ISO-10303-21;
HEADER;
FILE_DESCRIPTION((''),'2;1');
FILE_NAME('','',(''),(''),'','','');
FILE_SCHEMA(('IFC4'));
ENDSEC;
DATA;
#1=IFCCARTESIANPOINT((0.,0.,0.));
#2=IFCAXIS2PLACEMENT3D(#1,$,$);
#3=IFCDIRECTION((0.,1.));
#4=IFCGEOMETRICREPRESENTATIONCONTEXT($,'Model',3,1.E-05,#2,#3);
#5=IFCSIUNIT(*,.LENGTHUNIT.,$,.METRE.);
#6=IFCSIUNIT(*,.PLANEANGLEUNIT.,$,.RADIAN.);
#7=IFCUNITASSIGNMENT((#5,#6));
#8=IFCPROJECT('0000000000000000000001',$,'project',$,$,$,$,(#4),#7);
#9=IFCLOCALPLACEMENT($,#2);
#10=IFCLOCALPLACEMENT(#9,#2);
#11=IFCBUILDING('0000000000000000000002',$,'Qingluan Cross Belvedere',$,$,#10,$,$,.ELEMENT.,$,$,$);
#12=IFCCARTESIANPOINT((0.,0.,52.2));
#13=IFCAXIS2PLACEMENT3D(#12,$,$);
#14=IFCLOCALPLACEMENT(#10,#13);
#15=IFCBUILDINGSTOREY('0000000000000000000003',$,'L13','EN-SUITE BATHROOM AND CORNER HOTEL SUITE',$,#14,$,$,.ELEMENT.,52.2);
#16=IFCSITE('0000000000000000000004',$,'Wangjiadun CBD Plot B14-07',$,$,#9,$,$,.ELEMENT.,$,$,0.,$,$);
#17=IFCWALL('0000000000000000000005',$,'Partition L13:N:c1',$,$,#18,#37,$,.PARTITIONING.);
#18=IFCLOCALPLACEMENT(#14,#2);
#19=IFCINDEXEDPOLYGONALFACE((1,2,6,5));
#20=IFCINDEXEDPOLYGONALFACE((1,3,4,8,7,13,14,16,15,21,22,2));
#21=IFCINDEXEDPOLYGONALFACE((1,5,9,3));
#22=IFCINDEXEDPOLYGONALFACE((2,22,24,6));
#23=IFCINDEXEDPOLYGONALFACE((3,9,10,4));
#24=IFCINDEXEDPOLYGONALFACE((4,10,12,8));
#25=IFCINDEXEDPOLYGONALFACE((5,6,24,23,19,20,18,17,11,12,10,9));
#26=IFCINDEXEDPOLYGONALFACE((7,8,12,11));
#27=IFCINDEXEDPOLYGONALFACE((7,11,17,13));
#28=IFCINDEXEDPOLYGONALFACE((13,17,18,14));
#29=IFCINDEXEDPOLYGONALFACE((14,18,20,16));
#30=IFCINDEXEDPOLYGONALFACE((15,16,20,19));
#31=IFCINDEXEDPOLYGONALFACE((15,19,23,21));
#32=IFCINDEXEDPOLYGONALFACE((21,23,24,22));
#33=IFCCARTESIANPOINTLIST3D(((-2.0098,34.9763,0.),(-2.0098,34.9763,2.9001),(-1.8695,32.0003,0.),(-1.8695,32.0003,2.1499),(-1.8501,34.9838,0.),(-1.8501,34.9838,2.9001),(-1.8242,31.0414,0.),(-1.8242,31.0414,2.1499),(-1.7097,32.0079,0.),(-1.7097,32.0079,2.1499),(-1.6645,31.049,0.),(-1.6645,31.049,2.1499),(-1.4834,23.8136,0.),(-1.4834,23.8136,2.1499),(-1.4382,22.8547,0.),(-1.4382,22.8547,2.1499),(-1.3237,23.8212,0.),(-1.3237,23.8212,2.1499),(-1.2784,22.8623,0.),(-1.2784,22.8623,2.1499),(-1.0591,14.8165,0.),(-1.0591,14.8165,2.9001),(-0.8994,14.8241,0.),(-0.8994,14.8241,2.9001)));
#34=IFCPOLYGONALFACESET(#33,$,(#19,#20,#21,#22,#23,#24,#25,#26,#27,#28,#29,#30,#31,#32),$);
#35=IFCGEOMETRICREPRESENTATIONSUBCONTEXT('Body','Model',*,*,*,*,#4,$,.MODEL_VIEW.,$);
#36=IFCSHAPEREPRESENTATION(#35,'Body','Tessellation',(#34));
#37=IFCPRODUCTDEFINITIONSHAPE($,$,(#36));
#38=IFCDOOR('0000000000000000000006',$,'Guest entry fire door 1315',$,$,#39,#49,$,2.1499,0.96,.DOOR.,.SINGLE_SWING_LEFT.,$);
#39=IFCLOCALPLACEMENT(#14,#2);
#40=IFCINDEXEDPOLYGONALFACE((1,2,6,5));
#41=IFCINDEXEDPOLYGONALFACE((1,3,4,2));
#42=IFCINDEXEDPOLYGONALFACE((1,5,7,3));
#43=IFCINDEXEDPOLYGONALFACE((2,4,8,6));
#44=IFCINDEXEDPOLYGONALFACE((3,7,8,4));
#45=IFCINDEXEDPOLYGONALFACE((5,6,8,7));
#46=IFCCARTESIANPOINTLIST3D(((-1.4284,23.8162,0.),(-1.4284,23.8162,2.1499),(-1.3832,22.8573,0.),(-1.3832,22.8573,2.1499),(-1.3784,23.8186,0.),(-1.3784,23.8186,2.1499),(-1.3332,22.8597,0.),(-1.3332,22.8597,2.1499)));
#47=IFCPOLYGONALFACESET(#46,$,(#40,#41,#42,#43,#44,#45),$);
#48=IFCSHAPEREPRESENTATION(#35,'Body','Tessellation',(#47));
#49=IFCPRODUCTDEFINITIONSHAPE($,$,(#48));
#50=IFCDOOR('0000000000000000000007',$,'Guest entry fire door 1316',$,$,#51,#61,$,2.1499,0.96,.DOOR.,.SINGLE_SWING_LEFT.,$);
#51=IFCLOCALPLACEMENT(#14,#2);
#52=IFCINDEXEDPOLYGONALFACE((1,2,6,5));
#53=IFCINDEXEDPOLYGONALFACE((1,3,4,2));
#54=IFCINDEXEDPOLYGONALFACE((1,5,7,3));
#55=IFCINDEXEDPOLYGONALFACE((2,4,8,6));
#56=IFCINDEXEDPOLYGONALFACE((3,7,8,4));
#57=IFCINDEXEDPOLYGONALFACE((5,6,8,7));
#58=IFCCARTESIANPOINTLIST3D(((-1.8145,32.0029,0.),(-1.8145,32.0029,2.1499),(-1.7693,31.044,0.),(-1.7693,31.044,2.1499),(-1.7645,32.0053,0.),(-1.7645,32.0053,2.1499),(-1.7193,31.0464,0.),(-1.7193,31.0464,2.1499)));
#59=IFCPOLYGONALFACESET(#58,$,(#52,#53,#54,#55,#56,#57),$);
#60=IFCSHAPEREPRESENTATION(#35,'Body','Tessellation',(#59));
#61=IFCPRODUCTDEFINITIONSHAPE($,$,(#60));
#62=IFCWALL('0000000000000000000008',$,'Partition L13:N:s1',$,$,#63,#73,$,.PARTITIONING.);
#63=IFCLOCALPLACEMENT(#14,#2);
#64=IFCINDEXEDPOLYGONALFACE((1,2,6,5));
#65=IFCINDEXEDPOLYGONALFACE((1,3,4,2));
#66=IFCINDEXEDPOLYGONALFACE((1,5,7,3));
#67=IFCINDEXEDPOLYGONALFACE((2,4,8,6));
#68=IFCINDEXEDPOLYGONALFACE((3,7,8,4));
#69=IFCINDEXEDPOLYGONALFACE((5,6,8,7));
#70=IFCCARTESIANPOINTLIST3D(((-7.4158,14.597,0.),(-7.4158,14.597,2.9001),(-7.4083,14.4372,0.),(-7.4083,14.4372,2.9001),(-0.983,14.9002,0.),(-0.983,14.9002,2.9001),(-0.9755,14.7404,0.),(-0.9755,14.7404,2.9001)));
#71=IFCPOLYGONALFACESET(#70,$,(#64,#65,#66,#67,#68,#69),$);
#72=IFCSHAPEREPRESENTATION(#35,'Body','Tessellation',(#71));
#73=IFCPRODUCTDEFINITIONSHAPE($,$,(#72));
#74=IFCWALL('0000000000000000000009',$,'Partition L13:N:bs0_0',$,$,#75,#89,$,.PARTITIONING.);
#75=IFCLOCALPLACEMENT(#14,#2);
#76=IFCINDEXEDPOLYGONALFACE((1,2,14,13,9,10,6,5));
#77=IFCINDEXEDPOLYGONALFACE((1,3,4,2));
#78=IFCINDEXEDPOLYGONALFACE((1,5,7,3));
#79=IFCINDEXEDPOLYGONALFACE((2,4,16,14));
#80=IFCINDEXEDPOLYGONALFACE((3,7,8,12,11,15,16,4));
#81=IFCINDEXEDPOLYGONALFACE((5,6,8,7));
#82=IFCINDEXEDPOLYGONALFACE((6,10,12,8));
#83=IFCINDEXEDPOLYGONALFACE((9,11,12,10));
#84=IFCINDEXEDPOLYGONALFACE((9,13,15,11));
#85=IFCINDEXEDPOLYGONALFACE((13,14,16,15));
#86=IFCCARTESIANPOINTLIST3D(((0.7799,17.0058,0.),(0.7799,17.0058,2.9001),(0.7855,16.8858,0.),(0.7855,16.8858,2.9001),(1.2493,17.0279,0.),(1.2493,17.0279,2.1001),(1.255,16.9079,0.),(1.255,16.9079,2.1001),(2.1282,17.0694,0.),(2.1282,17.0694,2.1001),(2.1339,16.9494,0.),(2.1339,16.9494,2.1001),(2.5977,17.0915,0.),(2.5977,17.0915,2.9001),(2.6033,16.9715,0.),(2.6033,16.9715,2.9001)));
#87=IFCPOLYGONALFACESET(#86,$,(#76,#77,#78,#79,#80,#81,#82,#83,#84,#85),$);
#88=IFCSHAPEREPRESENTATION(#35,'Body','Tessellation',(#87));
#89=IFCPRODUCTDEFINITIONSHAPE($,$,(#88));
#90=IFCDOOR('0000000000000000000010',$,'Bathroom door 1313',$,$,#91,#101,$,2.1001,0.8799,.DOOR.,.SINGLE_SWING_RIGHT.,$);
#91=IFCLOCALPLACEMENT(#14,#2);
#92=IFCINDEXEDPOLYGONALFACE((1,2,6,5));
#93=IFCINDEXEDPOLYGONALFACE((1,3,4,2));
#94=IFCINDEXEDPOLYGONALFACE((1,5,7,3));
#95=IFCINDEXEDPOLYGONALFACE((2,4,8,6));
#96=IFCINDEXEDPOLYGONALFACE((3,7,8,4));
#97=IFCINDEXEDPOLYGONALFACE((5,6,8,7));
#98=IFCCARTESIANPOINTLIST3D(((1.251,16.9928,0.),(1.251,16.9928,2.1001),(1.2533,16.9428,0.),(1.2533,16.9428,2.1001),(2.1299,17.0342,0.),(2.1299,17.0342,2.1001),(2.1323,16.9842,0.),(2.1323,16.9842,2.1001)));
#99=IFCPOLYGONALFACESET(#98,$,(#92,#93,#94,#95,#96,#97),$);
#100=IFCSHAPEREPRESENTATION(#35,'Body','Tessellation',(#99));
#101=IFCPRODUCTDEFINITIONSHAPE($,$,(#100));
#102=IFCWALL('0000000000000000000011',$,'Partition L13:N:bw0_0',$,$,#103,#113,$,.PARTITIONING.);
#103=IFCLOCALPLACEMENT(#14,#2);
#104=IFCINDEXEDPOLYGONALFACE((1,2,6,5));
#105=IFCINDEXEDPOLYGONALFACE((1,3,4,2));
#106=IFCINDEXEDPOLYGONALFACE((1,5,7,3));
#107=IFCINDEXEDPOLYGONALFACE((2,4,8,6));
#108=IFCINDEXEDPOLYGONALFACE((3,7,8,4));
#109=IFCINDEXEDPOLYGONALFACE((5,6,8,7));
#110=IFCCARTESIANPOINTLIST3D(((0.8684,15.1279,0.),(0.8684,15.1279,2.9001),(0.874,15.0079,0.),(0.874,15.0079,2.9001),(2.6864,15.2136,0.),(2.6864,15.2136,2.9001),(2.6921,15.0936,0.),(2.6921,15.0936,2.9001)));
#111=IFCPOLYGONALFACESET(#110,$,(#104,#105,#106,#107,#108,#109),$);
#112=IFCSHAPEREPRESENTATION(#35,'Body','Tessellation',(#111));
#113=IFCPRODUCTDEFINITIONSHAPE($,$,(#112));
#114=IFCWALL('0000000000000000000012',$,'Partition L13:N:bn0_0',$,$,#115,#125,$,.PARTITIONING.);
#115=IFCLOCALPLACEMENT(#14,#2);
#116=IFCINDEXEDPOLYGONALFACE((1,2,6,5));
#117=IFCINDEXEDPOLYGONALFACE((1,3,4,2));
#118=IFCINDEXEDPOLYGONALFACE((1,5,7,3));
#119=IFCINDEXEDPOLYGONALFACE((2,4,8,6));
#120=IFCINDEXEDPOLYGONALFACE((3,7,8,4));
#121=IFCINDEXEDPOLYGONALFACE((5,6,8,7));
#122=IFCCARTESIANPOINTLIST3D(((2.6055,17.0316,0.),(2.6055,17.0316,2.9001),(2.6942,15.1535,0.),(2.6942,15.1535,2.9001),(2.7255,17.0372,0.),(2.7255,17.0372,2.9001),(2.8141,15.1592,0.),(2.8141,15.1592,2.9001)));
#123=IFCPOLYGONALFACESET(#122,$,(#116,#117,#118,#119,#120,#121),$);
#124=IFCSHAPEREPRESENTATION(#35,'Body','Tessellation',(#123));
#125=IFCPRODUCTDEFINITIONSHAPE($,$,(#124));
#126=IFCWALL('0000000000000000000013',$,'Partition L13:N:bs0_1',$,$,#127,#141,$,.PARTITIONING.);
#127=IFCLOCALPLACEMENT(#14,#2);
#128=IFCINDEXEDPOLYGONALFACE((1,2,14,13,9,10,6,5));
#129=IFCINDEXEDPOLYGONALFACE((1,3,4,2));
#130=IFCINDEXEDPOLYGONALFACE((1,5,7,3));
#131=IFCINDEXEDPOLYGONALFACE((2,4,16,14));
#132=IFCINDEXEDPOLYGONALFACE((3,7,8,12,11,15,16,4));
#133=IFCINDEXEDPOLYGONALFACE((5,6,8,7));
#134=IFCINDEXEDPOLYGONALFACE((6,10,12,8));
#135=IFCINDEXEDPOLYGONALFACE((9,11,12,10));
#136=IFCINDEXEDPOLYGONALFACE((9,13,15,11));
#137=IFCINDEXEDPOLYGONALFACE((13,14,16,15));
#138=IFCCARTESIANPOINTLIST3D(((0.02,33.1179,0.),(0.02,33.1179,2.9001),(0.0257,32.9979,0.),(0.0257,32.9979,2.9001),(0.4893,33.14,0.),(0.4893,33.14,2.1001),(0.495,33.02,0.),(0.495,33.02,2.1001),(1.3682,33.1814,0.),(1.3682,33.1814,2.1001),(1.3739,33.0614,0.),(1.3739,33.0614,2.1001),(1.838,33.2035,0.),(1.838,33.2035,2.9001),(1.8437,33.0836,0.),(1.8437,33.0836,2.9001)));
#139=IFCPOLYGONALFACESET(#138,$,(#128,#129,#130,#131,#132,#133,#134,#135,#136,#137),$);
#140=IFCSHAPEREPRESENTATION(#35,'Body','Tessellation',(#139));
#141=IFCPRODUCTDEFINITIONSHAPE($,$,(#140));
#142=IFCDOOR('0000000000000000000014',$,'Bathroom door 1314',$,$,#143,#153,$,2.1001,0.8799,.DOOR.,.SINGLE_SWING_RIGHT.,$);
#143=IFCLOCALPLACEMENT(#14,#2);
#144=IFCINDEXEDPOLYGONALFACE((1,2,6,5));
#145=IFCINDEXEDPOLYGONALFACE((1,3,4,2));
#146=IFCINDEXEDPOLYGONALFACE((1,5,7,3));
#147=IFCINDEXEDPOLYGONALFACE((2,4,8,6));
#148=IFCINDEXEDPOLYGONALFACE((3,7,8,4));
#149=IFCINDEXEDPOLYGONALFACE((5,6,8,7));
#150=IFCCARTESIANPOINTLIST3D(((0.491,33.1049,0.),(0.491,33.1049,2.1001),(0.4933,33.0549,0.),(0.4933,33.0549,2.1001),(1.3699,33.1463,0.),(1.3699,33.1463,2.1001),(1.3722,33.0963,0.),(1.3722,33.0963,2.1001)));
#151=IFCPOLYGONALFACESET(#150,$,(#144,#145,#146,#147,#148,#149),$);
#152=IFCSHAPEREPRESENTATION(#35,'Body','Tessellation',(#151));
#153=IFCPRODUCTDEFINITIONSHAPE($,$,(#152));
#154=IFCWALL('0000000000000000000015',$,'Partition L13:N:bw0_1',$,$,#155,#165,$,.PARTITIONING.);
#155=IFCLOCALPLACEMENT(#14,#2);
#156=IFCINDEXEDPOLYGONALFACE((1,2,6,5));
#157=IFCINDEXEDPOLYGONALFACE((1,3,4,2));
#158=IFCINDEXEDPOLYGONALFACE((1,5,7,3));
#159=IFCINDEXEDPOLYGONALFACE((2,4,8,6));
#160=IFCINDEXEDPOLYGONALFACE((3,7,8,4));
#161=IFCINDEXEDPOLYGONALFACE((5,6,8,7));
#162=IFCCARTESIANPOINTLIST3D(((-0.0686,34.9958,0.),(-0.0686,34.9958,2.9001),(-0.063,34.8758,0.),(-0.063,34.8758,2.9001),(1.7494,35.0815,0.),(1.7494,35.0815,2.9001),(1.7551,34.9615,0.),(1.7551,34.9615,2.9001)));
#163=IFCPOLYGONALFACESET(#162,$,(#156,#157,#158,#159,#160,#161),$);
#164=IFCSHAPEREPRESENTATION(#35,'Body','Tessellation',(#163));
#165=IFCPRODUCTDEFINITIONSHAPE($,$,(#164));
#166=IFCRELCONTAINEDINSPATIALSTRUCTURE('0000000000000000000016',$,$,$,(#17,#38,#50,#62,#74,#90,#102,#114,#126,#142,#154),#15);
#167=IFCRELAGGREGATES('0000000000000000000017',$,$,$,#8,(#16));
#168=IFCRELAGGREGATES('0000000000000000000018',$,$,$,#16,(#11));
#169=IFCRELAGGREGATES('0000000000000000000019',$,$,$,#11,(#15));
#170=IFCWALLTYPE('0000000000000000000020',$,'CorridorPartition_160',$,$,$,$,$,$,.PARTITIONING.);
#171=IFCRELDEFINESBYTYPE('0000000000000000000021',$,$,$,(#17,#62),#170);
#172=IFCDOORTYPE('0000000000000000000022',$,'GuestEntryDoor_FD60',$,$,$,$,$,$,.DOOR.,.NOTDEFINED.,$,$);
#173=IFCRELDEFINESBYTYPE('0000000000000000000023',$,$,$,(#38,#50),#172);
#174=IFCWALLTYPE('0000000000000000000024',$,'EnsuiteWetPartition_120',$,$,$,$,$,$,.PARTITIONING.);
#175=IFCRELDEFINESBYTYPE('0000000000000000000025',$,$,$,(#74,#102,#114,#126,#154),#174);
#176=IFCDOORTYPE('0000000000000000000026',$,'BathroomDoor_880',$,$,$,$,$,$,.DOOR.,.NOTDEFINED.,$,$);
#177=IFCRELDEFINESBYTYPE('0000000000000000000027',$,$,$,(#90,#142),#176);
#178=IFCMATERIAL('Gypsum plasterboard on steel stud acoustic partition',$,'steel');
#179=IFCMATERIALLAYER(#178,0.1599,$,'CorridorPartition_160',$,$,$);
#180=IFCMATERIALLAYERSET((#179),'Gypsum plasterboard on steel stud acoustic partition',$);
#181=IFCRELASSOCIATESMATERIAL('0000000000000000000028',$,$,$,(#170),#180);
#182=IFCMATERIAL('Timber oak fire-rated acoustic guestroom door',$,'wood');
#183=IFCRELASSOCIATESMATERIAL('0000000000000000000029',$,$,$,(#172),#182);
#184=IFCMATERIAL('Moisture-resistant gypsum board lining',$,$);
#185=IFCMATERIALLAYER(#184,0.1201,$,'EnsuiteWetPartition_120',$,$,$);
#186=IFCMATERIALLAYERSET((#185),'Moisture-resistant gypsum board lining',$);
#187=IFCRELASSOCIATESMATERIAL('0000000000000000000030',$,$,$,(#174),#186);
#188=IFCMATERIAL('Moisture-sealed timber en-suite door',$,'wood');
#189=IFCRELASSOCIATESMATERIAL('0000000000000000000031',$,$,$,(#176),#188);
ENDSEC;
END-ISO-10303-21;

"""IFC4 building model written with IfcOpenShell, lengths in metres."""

from ifc_helpers import new_model, si_unit, direction, frame, frame_2d, origin, place, context, subcontext, project, spatial, rectangle, extrude, material, layer, layer_set, type_object, element, fill, save


model = new_model("IFC4")

# Units and contexts
model_context = context("Model", 3, precision=1e-05, world=origin(), true_north=direction((0.0, 1.0)))
body_context = subcontext(model_context, "Body", "Model", "MODEL_VIEW")
ifc_project = project(units=[si_unit("LENGTHUNIT", "METRE"), si_unit("PLANEANGLEUNIT", "RADIAN")], contexts=[model_context])

# Site, building, storey
site_placement = place(None, origin())
site = spatial("IfcSite", under=ifc_project, at=site_placement, Name="Wangjiadun CBD Plot B14-07", CompositionType="ELEMENT", RefElevation=0.0)
building_placement = place(site_placement, origin())
building = spatial("IfcBuilding", under=site, at=building_placement, Name="Qingluan Cross Belvedere", CompositionType="ELEMENT")
storey_placement = place(building_placement, frame((0.0, 0.0, 52.2)))
storey = spatial("IfcBuildingStorey", under=building, at=storey_placement, Name="L13", Description="EN-SUITE BATHROOM AND CORNER HOTEL SUITE", CompositionType="ELEMENT", Elevation=52.2)

# Shared definitions
ifc_material_1 = material(Name="Gypsum plasterboard on steel stud acoustic partition", Category="steel")
ifc_layer_1 = layer(ifc_material_1, 0.1599, Name="CorridorPartition_160")
ifc_layer_set_1 = layer_set([ifc_layer_1], Name="Gypsum plasterboard on steel stud acoustic partition")
wall_type_1 = type_object("IfcWallType", Name="CorridorPartition_160", PredefinedType="PARTITIONING", material=ifc_layer_set_1)
ifc_material_2 = material(Name="Timber oak fire-rated acoustic guestroom door", Category="wood")
door_type_1 = type_object("IfcDoorType", Name="GuestEntryDoor_FD60", OperationType="NOTDEFINED", PredefinedType="DOOR", material=ifc_material_2)

# Wall, openings, doors
wall_1_placement = place(storey_placement, frame((-0.9792, 14.8203, 0.0), z_axis=(0.0, 0.0, 1.0), x_axis=(-0.047105, 0.99889, 0.0)))
wall_1 = element("IfcWall", 1, at=wall_1_placement, inside=storey, type_object=wall_type_1, Name="Partition L13:N:c1", PredefinedType="PARTITIONING", context=body_context, shape_type="SweptSolid", body=[
    extrude(rectangle(XDim=20.1821, YDim=0.1599, at=frame_2d((10.0911, 0.0))), origin(), (0.0, 0.0, 1.0), 2.9001),
])
opening_1_placement = place(wall_1_placement, frame((8.0471, 0.0, 0.0)))
opening_1 = element("IfcOpeningElement", 2, at=opening_1_placement, cuts=wall_1, PredefinedType="OPENING", context=body_context, shape_type="SweptSolid", body=[
    extrude(rectangle(XDim=0.96, YDim=2.1499, at=frame_2d((0.48, 1.075))), frame((0.0, 0.0898, 0.0), z_axis=(0.0, -1.0, 0.0), x_axis=(1.0, 0.0, 0.0)), (0.0, 0.0, 1.0), 0.1799),
])
opening_2_placement = place(wall_1_placement, frame((16.2429, 0.0, 0.0)))
opening_2 = element("IfcOpeningElement", 3, at=opening_2_placement, cuts=wall_1, PredefinedType="OPENING", context=body_context, shape_type="SweptSolid", body=[
    extrude(rectangle(XDim=0.96, YDim=2.1499, at=frame_2d((0.48, 1.075))), frame((0.0, 0.0898, 0.0), z_axis=(0.0, -1.0, 0.0), x_axis=(1.0, 0.0, 0.0)), (0.0, 0.0, 1.0), 0.1799),
])
door_1_placement = place(opening_1_placement, origin())
door_1 = element("IfcDoor", 4, at=door_1_placement, inside=storey, type_object=door_type_1, Name="Guest entry fire door 1315", OperationType="SINGLE_SWING_LEFT", OverallHeight=2.1499, OverallWidth=0.96, PredefinedType="DOOR", context=body_context, shape_type="SweptSolid", body=[
    extrude(rectangle(XDim=0.96, YDim=2.1499, at=frame_2d((0.48, 1.075))), frame((0.0, 0.0249, 0.0), z_axis=(0.0, -1.0, 0.0), x_axis=(1.0, 0.0, 0.0)), (0.0, 0.0, 1.0), 0.05),
])
fill(opening_1, door_1)
door_2_placement = place(opening_2_placement, origin())
door_2 = element("IfcDoor", 5, at=door_2_placement, inside=storey, type_object=door_type_1, Name="Guest entry fire door 1316", OperationType="SINGLE_SWING_LEFT", OverallHeight=2.1499, OverallWidth=0.96, PredefinedType="DOOR", context=body_context, shape_type="SweptSolid", body=[
    extrude(rectangle(XDim=0.96, YDim=2.1499, at=frame_2d((0.48, 1.075))), frame((0.0, 0.0249, 0.0), z_axis=(0.0, -1.0, 0.0), x_axis=(1.0, 0.0, 0.0)), (0.0, 0.0, 1.0), 0.05),
])
fill(opening_2, door_2)

# Wall
wall_2_placement = place(storey_placement, frame((-0.9792, 14.8203, 0.0), z_axis=(0.0, 0.0, 1.0), x_axis=(-0.998891, -0.047084, 0.0)))
element("IfcWall", 6, at=wall_2_placement, inside=storey, type_object=wall_type_1, Name="Partition L13:N:s1", PredefinedType="PARTITIONING", context=body_context, shape_type="SweptSolid", body=[
    extrude(rectangle(XDim=6.4399, YDim=0.1599, at=frame_2d((3.22, 0.0))), origin(), (0.0, 0.0, 1.0), 2.9001),
])

# Wall, opening, door
ifc_material_3 = material(Name="Moisture-resistant gypsum board lining")
ifc_layer_2 = layer(ifc_material_3, 0.1201, Name="EnsuiteWetPartition_120")
ifc_layer_set_2 = layer_set([ifc_layer_2], Name="Moisture-resistant gypsum board lining")
wall_type_2 = type_object("IfcWallType", Name="EnsuiteWetPartition_120", PredefinedType="PARTITIONING", material=ifc_layer_set_2)
wall_3_placement = place(storey_placement, frame((0.7827, 16.9458, 0.0), z_axis=(0.0, 0.0, 1.0), x_axis=(0.998891, 0.047087, 0.0)))
wall_3 = element("IfcWall", 7, at=wall_3_placement, inside=storey, type_object=wall_type_2, Name="Partition L13:N:bs0_0", PredefinedType="PARTITIONING", context=body_context, shape_type="SweptSolid", body=[
    extrude(rectangle(XDim=1.8198, YDim=0.1201, at=frame_2d((0.9099, 0.0))), origin(), (0.0, 0.0, 1.0), 2.9001),
])
opening_3_placement = place(wall_3_placement, frame((0.47, 0.0, 0.0)))
opening_3 = element("IfcOpeningElement", 8, at=opening_3_placement, cuts=wall_3, PredefinedType="OPENING", context=body_context, shape_type="SweptSolid", body=[
    extrude(rectangle(XDim=0.8799, YDim=2.1001, at=frame_2d((0.4399, 1.05))), frame((0.0, 0.0701, 0.0), z_axis=(0.0, -1.0, 0.0), x_axis=(1.0, 0.0, 0.0)), (0.0, 0.0, 1.0), 0.1401),
])
ifc_material_4 = material(Name="Moisture-sealed timber en-suite door", Category="wood")
door_type_2 = type_object("IfcDoorType", Name="BathroomDoor_880", OperationType="NOTDEFINED", PredefinedType="DOOR", material=ifc_material_4)
door_3_placement = place(opening_3_placement, origin())
door_3 = element("IfcDoor", 9, at=door_3_placement, inside=storey, type_object=door_type_2, Name="Bathroom door 1313", OperationType="SINGLE_SWING_RIGHT", OverallHeight=2.1001, OverallWidth=0.8799, PredefinedType="DOOR", context=body_context, shape_type="SweptSolid", body=[
    extrude(rectangle(XDim=0.8799, YDim=2.1001, at=frame_2d((0.4399, 1.05))), frame((0.0, 0.0249, 0.0), z_axis=(0.0, -1.0, 0.0), x_axis=(1.0, 0.0, 0.0)), (0.0, 0.0, 1.0), 0.05),
])
fill(opening_3, door_3)

# Walls
wall_4_placement = place(storey_placement, frame((0.8711, 15.0679, 0.0), z_axis=(0.0, 0.0, 1.0), x_axis=(0.998891, 0.047081, 0.0)))
element("IfcWall", 10, at=wall_4_placement, inside=storey, type_object=wall_type_2, Name="Partition L13:N:bw0_0", PredefinedType="PARTITIONING", context=body_context, shape_type="SweptSolid", body=[
    extrude(rectangle(XDim=1.8201, YDim=0.1201, at=frame_2d((0.9102, 0.0))), origin(), (0.0, 0.0, 1.0), 2.9001),
])
wall_5_placement = place(storey_placement, frame((2.7542, 15.1565, 0.0), z_axis=(0.0, 0.0, 1.0), x_axis=(-0.047139, 0.998888, 0.0)))
element("IfcWall", 11, at=wall_5_placement, inside=storey, type_object=wall_type_2, Name="Partition L13:N:bn0_0", PredefinedType="PARTITIONING", context=body_context, shape_type="SweptSolid", body=[
    extrude(rectangle(XDim=1.8801, YDim=0.1201, at=frame_2d((0.9399, 0.0))), origin(), (0.0, 0.0, 1.0), 2.9001),
])

# Wall, opening, door
wall_6_placement = place(storey_placement, frame((0.0227, 33.0579, 0.0), z_axis=(0.0, 0.0, 1.0), x_axis=(0.998891, 0.047081, 0.0)))
wall_6 = element("IfcWall", 12, at=wall_6_placement, inside=storey, type_object=wall_type_2, Name="Partition L13:N:bs0_1", PredefinedType="PARTITIONING", context=body_context, shape_type="SweptSolid", body=[
    extrude(rectangle(XDim=1.8201, YDim=0.1201, at=frame_2d((0.9102, 0.0))), origin(), (0.0, 0.0, 1.0), 2.9001),
])
opening_4_placement = place(wall_6_placement, frame((0.47, 0.0, 0.0)))
opening_4 = element("IfcOpeningElement", 13, at=opening_4_placement, cuts=wall_6, PredefinedType="OPENING", context=body_context, shape_type="SweptSolid", body=[
    extrude(rectangle(XDim=0.8799, YDim=2.1001, at=frame_2d((0.4399, 1.05))), frame((0.0, 0.0701, 0.0), z_axis=(0.0, -1.0, 0.0), x_axis=(1.0, 0.0, 0.0)), (0.0, 0.0, 1.0), 0.1401),
])
door_4_placement = place(opening_4_placement, origin())
door_4 = element("IfcDoor", 14, at=door_4_placement, inside=storey, type_object=door_type_2, Name="Bathroom door 1314", OperationType="SINGLE_SWING_RIGHT", OverallHeight=2.1001, OverallWidth=0.8799, PredefinedType="DOOR", context=body_context, shape_type="SweptSolid", body=[
    extrude(rectangle(XDim=0.8799, YDim=2.1001, at=frame_2d((0.4399, 1.05))), frame((0.0, 0.0249, 0.0), z_axis=(0.0, -1.0, 0.0), x_axis=(1.0, 0.0, 0.0)), (0.0, 0.0, 1.0), 0.05),
])
fill(opening_4, door_4)

# Wall
wall_7_placement = place(storey_placement, frame((-0.0659, 34.9358, 0.0), z_axis=(0.0, 0.0, 1.0), x_axis=(0.998891, 0.047081, 0.0)))
element("IfcWall", 15, at=wall_7_placement, inside=storey, type_object=wall_type_2, Name="Partition L13:N:bw0_1", PredefinedType="PARTITIONING", context=body_context, shape_type="SweptSolid", body=[
    extrude(rectangle(XDim=1.8201, YDim=0.1201, at=frame_2d((0.9102, 0.0))), origin(), (0.0, 0.0, 1.0), 2.9001),
])

save(model, "model.ifc")
